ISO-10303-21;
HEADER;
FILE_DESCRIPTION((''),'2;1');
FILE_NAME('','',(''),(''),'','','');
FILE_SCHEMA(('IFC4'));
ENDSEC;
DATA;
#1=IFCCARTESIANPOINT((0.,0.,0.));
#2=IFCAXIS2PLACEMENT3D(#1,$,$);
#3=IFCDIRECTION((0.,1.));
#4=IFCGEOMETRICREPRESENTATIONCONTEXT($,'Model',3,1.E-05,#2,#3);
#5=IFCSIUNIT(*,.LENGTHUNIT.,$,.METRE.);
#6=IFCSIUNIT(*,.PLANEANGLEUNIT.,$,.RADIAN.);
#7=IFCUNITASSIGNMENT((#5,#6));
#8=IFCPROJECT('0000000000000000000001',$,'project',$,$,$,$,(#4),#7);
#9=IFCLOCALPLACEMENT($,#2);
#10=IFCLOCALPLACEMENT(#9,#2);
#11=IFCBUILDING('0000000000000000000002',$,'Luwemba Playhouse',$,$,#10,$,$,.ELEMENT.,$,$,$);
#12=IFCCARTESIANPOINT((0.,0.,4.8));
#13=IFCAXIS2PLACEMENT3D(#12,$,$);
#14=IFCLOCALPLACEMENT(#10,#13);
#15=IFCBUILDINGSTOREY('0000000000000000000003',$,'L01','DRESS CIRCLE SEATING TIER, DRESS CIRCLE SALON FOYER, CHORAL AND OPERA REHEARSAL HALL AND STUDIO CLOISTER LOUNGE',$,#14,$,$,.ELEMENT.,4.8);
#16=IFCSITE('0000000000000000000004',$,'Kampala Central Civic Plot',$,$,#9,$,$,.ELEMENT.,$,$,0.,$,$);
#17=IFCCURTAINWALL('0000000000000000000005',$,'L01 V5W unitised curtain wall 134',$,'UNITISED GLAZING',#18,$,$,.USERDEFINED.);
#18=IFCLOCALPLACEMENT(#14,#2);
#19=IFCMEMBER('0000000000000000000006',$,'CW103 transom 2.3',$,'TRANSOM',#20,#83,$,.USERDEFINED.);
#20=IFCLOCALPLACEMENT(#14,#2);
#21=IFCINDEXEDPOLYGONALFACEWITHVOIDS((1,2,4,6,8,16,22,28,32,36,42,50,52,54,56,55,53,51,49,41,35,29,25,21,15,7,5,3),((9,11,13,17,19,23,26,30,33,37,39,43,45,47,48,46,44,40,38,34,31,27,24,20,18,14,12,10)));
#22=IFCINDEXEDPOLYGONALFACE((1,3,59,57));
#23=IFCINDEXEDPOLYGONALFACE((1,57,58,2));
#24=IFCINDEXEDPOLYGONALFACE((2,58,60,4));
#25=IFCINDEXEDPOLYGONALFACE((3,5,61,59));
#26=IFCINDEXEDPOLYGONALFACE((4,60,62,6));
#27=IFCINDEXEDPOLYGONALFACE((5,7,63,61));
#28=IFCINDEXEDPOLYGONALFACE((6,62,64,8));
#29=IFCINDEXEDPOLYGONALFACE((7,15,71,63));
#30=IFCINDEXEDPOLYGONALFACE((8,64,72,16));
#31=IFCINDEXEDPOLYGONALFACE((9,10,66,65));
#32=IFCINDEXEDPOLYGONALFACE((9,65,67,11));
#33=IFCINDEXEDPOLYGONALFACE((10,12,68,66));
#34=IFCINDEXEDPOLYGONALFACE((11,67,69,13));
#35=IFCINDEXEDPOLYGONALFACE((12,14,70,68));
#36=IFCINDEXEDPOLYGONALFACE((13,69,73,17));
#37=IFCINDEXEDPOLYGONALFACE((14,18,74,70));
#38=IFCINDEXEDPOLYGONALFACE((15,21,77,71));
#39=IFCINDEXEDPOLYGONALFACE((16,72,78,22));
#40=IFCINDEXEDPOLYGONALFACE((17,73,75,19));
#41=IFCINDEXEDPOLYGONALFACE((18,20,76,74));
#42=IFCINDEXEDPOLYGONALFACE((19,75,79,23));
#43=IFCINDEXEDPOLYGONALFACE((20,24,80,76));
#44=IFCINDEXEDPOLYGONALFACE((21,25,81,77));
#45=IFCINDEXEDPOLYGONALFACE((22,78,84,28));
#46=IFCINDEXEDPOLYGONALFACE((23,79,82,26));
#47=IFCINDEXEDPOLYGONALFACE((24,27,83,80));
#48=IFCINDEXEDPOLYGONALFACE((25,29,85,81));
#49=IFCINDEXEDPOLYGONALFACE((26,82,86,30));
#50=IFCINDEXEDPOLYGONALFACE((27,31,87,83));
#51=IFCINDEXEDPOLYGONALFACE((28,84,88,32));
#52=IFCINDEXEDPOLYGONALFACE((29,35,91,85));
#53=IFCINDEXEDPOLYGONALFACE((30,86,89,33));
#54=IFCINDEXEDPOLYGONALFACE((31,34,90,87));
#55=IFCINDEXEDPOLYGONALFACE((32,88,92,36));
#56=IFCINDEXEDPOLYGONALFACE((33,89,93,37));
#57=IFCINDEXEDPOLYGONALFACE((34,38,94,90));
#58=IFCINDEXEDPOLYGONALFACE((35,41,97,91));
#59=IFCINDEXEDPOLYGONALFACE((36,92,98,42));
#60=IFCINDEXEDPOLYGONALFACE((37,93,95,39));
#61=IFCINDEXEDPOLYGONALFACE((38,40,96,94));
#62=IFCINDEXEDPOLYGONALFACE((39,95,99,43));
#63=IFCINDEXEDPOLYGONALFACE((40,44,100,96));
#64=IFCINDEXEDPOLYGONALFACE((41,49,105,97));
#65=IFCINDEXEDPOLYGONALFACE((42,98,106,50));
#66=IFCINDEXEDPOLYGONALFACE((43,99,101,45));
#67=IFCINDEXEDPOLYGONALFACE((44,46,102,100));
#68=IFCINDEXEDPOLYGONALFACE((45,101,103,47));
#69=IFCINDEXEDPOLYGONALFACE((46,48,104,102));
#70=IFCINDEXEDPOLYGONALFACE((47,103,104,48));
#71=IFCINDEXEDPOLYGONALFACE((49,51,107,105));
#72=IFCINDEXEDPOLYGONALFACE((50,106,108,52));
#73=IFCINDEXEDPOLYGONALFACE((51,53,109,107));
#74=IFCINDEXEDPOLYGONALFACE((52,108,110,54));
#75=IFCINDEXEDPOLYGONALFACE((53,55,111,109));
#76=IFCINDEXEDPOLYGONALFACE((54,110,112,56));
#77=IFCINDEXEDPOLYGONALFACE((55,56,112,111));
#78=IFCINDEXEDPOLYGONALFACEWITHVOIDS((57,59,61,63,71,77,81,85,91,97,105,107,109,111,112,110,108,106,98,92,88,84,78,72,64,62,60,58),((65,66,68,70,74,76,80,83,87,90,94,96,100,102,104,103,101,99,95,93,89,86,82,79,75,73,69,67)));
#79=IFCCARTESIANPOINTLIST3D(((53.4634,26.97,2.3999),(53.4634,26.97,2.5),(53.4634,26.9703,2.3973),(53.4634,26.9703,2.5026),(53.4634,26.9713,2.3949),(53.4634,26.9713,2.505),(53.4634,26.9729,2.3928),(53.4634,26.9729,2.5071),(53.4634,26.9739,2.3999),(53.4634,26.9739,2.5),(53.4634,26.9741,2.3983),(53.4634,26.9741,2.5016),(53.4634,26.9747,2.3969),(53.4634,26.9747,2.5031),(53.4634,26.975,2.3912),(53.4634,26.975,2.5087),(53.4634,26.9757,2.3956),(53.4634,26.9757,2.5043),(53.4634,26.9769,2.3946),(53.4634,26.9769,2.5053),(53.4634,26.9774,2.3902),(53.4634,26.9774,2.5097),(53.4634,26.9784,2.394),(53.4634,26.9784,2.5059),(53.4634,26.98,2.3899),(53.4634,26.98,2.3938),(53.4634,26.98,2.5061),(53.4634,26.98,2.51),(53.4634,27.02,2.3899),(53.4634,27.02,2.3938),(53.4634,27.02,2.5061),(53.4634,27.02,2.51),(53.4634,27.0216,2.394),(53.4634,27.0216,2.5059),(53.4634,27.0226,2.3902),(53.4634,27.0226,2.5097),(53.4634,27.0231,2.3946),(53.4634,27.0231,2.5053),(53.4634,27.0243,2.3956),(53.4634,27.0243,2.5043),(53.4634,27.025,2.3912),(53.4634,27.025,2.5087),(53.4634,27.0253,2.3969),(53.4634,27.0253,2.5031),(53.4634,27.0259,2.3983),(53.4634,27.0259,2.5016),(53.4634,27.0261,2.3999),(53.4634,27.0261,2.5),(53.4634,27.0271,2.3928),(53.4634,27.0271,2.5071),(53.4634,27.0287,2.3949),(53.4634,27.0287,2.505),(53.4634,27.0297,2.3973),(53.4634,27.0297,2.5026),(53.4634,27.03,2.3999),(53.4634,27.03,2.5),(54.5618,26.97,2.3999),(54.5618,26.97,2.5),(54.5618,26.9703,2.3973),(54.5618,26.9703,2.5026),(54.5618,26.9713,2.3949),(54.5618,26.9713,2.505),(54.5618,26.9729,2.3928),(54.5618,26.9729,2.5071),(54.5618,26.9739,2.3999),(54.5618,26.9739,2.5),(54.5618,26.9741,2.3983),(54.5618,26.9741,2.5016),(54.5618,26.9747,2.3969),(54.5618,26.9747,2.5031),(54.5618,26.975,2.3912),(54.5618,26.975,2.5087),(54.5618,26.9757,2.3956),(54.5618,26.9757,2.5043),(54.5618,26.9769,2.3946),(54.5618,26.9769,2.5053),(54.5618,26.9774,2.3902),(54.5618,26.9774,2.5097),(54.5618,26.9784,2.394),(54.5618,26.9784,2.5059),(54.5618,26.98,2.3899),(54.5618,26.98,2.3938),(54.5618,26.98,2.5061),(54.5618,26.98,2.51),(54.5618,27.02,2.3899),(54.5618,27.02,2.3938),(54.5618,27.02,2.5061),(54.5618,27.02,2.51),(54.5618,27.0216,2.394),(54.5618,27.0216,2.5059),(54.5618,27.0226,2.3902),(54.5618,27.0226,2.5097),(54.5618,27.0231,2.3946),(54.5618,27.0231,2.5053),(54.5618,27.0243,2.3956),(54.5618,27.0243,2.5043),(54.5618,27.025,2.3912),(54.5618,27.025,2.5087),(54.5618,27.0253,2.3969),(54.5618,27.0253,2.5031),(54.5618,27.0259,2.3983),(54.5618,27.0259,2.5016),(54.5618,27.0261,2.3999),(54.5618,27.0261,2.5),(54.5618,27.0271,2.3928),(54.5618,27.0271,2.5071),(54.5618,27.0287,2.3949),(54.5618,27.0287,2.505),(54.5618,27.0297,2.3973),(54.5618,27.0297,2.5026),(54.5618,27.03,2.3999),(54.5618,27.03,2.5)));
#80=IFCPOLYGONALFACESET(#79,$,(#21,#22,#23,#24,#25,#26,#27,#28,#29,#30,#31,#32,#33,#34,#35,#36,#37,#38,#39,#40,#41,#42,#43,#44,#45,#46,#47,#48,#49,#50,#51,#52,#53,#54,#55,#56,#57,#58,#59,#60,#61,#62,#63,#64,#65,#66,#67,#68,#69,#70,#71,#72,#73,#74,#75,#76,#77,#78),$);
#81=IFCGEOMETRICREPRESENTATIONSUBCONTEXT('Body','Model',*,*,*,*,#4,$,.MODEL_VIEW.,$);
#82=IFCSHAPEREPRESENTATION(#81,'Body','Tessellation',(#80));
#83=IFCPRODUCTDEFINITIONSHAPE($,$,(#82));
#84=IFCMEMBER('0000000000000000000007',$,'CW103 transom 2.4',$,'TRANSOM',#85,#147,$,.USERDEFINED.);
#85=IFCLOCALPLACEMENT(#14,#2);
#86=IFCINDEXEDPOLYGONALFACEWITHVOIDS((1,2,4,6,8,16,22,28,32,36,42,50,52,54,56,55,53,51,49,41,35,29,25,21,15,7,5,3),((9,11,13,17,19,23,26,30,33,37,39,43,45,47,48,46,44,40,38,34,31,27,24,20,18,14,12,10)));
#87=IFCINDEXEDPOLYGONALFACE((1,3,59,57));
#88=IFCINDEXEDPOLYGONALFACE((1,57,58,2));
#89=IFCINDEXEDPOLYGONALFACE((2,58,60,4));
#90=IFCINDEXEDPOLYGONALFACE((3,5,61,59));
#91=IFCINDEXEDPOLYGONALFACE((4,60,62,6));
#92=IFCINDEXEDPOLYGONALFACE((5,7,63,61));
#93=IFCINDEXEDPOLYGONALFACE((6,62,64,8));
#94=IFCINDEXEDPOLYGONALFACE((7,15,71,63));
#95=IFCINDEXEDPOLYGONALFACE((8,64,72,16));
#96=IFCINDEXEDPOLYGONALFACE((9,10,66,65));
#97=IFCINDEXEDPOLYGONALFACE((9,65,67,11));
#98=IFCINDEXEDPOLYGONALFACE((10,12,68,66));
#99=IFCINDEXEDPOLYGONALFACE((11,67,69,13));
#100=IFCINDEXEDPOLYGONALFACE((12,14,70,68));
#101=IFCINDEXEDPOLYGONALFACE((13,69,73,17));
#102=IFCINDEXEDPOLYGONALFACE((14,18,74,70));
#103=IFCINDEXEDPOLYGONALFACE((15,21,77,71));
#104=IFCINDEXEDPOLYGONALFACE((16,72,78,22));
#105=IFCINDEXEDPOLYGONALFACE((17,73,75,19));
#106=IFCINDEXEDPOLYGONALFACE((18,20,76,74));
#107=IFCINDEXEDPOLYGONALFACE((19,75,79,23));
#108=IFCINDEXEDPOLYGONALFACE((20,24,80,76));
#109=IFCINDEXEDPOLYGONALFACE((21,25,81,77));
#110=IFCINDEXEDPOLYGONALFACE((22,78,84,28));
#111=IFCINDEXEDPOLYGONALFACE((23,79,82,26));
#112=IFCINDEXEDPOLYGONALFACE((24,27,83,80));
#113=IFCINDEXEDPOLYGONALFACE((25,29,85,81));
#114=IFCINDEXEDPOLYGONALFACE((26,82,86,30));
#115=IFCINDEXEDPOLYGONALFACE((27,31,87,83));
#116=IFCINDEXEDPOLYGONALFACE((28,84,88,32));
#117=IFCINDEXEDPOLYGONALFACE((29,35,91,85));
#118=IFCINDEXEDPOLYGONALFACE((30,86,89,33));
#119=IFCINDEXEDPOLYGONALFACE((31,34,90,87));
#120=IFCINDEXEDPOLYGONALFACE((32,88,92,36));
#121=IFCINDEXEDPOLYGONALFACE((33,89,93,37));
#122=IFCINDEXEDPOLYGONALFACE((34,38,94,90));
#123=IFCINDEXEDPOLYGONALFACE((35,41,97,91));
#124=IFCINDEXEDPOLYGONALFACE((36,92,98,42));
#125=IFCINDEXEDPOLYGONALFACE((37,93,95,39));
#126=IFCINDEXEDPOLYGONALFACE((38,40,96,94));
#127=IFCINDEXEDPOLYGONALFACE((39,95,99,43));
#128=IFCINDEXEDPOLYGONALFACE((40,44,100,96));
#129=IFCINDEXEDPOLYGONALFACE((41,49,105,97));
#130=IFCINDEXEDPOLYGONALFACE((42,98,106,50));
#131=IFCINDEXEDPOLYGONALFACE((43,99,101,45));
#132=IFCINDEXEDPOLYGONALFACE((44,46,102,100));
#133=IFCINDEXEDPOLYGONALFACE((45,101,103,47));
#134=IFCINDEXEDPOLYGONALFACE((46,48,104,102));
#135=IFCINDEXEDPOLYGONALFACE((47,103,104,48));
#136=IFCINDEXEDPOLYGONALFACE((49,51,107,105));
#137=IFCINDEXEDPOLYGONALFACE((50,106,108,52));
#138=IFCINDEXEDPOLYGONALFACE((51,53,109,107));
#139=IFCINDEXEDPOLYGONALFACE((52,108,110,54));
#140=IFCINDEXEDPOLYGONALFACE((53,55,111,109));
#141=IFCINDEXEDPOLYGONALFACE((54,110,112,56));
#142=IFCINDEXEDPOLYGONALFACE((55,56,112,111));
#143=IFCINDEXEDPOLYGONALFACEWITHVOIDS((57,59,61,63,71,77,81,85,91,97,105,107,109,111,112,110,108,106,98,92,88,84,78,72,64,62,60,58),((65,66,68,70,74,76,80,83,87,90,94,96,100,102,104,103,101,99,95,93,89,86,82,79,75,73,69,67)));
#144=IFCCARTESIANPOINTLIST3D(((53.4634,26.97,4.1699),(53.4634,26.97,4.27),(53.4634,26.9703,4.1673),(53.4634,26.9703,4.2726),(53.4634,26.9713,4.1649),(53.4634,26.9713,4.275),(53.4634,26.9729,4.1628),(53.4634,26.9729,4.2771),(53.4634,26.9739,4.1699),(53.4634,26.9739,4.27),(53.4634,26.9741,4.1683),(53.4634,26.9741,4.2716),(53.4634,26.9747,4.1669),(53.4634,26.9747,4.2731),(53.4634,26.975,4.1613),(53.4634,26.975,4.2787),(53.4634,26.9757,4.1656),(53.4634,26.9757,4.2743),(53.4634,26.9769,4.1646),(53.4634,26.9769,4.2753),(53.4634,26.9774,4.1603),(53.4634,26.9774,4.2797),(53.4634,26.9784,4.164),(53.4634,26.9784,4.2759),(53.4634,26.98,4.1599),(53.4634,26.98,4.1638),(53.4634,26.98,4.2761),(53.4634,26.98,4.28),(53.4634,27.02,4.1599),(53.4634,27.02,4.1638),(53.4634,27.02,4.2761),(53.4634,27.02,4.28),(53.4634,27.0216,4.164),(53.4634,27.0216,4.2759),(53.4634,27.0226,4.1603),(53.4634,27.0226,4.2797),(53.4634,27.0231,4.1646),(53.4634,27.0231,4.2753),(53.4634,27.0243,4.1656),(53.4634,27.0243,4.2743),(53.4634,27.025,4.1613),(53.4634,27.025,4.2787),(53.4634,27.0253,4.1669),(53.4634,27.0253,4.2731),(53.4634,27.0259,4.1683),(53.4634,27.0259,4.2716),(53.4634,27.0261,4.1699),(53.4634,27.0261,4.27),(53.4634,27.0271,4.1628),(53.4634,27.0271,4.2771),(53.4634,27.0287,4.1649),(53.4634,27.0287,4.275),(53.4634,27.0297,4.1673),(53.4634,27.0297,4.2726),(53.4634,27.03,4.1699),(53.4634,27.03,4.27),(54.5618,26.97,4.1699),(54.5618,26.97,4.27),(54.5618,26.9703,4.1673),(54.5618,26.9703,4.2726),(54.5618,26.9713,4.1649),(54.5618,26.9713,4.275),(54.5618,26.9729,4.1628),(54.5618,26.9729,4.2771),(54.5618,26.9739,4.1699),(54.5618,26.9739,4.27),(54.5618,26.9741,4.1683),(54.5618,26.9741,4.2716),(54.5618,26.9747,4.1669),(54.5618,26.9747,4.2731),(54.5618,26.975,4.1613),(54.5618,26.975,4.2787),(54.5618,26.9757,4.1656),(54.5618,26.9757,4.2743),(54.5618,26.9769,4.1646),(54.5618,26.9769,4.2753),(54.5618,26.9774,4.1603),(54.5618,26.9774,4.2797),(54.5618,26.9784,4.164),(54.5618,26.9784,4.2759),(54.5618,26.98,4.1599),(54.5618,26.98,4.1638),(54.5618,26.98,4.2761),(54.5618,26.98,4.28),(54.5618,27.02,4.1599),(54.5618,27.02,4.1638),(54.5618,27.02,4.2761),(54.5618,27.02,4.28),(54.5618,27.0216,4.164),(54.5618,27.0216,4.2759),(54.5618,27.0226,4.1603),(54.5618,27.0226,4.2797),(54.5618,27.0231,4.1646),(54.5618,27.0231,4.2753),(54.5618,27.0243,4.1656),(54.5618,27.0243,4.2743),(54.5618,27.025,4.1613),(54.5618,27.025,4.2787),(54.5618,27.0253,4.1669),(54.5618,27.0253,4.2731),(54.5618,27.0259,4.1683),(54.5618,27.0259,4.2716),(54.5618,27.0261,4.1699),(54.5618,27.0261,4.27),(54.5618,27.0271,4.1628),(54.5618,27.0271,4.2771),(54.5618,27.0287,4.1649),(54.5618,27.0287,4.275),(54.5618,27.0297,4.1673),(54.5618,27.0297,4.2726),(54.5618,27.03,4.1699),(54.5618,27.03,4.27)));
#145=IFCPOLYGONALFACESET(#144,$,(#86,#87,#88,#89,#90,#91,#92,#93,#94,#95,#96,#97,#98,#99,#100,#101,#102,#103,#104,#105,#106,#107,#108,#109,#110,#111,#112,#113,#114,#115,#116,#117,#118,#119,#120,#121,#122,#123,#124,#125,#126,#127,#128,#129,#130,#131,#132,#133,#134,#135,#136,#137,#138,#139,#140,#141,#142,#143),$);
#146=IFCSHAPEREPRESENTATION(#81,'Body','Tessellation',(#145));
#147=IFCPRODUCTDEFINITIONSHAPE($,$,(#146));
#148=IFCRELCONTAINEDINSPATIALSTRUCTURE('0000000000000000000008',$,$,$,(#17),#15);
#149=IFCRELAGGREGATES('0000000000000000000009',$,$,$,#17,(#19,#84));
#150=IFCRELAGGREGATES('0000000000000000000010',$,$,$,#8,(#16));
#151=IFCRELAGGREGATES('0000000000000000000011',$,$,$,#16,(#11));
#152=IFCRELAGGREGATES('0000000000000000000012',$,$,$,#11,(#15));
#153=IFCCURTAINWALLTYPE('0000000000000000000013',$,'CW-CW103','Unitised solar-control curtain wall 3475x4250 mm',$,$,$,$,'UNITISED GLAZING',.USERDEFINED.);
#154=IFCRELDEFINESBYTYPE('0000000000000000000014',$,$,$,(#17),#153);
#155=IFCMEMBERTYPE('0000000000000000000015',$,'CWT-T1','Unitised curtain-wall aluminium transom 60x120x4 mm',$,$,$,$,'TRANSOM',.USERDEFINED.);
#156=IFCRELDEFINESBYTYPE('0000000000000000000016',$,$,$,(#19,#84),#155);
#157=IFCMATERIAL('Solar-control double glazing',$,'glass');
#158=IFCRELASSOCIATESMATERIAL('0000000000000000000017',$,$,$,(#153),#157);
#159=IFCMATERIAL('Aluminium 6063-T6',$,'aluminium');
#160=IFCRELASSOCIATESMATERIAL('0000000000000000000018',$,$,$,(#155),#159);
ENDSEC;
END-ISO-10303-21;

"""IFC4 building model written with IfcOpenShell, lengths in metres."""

from ifc_helpers import new_model, si_unit, direction, frame, origin, origin_2d, place, context, subcontext, project, spatial, hollow_rectangle, extrude, material, material_profile, profile_set, type_object, element, aggregate, save


model = new_model("IFC4")

# Units and contexts
model_context = context("Model", 3, precision=1e-05, world=origin(), true_north=direction((0.0, 1.0)))
body_context = subcontext(model_context, "Body", "Model", "MODEL_VIEW")
ifc_project = project(units=[si_unit("LENGTHUNIT", "METRE"), si_unit("PLANEANGLEUNIT", "RADIAN")], contexts=[model_context])

# Site, building, storey
site_placement = place(None, origin())
site = spatial("IfcSite", under=ifc_project, at=site_placement, Name="Kampala Central Civic Plot", CompositionType="ELEMENT", RefElevation=0.0)
building_placement = place(site_placement, origin())
building = spatial("IfcBuilding", under=site, at=building_placement, Name="Luwemba Playhouse", CompositionType="ELEMENT")
storey_placement = place(building_placement, frame((0.0, 0.0, 4.8)))
storey = spatial("IfcBuildingStorey", under=building, at=storey_placement, Name="L01", Description="DRESS CIRCLE SEATING TIER, DRESS CIRCLE SALON FOYER, CHORAL AND OPERA REHEARSAL HALL AND STUDIO CLOISTER LOUNGE", CompositionType="ELEMENT", Elevation=4.8)

# Curtain wall
ifc_material_1 = material(Name="Solar-control double glazing", Category="glass")
ifc_material_2 = material(Name="Aluminium 6063-T6", Category="aluminium")
curtain_wall_type_1 = type_object("IfcCurtainWallType", Name="CW-CW103", Description="Unitised solar-control curtain wall 3475x4250 mm", ElementType="UNITISED GLAZING", PredefinedType="USERDEFINED", material=ifc_material_1)
curtain_wall_1_placement = place(storey_placement, origin())
curtain_wall_1 = element("IfcCurtainWall", 1, at=curtain_wall_1_placement, inside=storey, type_object=curtain_wall_type_1, Name="L01 V5W unitised curtain wall 134", ObjectType="UNITISED GLAZING", PredefinedType="USERDEFINED")

# Members
ifc_material_profile_1 = material_profile(ifc_material_2, hollow_rectangle(XDim=0.0601, YDim=0.1201, WallThickness=0.0039, InnerFilletRadius=0.0061, OuterFilletRadius=0.01, at=origin_2d()))
ifc_profile_set_1 = profile_set([ifc_material_profile_1], Name="Aluminium 6063-T6")
member_type_1 = type_object("IfcMemberType", Name="CWT-T1", Description="Unitised curtain-wall aluminium transom 60x120x4 mm", ElementType="TRANSOM", PredefinedType="USERDEFINED", material=ifc_profile_set_1)
member_1_placement = place(storey_placement, frame((53.4634, 27.0, 2.45), z_axis=(1.0, 0.0, 0.0), x_axis=(0.0, 1.0, 0.0)))
member_1 = element("IfcMember", 2, at=member_1_placement, type_object=member_type_1, Name="CW103 transom 2.3", ObjectType="TRANSOM", PredefinedType="USERDEFINED", context=body_context, shape_type="SweptSolid", body=[
    extrude(hollow_rectangle(XDim=0.0601, YDim=0.1201, WallThickness=0.0039, InnerFilletRadius=0.0061, OuterFilletRadius=0.01, at=origin_2d()), origin(), (0.0, 0.0, 1.0), 1.0984),
])
member_2_placement = place(storey_placement, frame((53.4634, 27.0, 4.22), z_axis=(1.0, 0.0, 0.0), x_axis=(0.0, 1.0, 0.0)))
member_2 = element("IfcMember", 3, at=member_2_placement, type_object=member_type_1, Name="CW103 transom 2.4", ObjectType="TRANSOM", PredefinedType="USERDEFINED", context=body_context, shape_type="SweptSolid", body=[
    extrude(hollow_rectangle(XDim=0.0601, YDim=0.1201, WallThickness=0.0039, InnerFilletRadius=0.0061, OuterFilletRadius=0.01, at=origin_2d()), origin(), (0.0, 0.0, 1.0), 1.0984),
])

aggregate(curtain_wall_1, [member_1, member_2])

save(model, "model.ifc")
